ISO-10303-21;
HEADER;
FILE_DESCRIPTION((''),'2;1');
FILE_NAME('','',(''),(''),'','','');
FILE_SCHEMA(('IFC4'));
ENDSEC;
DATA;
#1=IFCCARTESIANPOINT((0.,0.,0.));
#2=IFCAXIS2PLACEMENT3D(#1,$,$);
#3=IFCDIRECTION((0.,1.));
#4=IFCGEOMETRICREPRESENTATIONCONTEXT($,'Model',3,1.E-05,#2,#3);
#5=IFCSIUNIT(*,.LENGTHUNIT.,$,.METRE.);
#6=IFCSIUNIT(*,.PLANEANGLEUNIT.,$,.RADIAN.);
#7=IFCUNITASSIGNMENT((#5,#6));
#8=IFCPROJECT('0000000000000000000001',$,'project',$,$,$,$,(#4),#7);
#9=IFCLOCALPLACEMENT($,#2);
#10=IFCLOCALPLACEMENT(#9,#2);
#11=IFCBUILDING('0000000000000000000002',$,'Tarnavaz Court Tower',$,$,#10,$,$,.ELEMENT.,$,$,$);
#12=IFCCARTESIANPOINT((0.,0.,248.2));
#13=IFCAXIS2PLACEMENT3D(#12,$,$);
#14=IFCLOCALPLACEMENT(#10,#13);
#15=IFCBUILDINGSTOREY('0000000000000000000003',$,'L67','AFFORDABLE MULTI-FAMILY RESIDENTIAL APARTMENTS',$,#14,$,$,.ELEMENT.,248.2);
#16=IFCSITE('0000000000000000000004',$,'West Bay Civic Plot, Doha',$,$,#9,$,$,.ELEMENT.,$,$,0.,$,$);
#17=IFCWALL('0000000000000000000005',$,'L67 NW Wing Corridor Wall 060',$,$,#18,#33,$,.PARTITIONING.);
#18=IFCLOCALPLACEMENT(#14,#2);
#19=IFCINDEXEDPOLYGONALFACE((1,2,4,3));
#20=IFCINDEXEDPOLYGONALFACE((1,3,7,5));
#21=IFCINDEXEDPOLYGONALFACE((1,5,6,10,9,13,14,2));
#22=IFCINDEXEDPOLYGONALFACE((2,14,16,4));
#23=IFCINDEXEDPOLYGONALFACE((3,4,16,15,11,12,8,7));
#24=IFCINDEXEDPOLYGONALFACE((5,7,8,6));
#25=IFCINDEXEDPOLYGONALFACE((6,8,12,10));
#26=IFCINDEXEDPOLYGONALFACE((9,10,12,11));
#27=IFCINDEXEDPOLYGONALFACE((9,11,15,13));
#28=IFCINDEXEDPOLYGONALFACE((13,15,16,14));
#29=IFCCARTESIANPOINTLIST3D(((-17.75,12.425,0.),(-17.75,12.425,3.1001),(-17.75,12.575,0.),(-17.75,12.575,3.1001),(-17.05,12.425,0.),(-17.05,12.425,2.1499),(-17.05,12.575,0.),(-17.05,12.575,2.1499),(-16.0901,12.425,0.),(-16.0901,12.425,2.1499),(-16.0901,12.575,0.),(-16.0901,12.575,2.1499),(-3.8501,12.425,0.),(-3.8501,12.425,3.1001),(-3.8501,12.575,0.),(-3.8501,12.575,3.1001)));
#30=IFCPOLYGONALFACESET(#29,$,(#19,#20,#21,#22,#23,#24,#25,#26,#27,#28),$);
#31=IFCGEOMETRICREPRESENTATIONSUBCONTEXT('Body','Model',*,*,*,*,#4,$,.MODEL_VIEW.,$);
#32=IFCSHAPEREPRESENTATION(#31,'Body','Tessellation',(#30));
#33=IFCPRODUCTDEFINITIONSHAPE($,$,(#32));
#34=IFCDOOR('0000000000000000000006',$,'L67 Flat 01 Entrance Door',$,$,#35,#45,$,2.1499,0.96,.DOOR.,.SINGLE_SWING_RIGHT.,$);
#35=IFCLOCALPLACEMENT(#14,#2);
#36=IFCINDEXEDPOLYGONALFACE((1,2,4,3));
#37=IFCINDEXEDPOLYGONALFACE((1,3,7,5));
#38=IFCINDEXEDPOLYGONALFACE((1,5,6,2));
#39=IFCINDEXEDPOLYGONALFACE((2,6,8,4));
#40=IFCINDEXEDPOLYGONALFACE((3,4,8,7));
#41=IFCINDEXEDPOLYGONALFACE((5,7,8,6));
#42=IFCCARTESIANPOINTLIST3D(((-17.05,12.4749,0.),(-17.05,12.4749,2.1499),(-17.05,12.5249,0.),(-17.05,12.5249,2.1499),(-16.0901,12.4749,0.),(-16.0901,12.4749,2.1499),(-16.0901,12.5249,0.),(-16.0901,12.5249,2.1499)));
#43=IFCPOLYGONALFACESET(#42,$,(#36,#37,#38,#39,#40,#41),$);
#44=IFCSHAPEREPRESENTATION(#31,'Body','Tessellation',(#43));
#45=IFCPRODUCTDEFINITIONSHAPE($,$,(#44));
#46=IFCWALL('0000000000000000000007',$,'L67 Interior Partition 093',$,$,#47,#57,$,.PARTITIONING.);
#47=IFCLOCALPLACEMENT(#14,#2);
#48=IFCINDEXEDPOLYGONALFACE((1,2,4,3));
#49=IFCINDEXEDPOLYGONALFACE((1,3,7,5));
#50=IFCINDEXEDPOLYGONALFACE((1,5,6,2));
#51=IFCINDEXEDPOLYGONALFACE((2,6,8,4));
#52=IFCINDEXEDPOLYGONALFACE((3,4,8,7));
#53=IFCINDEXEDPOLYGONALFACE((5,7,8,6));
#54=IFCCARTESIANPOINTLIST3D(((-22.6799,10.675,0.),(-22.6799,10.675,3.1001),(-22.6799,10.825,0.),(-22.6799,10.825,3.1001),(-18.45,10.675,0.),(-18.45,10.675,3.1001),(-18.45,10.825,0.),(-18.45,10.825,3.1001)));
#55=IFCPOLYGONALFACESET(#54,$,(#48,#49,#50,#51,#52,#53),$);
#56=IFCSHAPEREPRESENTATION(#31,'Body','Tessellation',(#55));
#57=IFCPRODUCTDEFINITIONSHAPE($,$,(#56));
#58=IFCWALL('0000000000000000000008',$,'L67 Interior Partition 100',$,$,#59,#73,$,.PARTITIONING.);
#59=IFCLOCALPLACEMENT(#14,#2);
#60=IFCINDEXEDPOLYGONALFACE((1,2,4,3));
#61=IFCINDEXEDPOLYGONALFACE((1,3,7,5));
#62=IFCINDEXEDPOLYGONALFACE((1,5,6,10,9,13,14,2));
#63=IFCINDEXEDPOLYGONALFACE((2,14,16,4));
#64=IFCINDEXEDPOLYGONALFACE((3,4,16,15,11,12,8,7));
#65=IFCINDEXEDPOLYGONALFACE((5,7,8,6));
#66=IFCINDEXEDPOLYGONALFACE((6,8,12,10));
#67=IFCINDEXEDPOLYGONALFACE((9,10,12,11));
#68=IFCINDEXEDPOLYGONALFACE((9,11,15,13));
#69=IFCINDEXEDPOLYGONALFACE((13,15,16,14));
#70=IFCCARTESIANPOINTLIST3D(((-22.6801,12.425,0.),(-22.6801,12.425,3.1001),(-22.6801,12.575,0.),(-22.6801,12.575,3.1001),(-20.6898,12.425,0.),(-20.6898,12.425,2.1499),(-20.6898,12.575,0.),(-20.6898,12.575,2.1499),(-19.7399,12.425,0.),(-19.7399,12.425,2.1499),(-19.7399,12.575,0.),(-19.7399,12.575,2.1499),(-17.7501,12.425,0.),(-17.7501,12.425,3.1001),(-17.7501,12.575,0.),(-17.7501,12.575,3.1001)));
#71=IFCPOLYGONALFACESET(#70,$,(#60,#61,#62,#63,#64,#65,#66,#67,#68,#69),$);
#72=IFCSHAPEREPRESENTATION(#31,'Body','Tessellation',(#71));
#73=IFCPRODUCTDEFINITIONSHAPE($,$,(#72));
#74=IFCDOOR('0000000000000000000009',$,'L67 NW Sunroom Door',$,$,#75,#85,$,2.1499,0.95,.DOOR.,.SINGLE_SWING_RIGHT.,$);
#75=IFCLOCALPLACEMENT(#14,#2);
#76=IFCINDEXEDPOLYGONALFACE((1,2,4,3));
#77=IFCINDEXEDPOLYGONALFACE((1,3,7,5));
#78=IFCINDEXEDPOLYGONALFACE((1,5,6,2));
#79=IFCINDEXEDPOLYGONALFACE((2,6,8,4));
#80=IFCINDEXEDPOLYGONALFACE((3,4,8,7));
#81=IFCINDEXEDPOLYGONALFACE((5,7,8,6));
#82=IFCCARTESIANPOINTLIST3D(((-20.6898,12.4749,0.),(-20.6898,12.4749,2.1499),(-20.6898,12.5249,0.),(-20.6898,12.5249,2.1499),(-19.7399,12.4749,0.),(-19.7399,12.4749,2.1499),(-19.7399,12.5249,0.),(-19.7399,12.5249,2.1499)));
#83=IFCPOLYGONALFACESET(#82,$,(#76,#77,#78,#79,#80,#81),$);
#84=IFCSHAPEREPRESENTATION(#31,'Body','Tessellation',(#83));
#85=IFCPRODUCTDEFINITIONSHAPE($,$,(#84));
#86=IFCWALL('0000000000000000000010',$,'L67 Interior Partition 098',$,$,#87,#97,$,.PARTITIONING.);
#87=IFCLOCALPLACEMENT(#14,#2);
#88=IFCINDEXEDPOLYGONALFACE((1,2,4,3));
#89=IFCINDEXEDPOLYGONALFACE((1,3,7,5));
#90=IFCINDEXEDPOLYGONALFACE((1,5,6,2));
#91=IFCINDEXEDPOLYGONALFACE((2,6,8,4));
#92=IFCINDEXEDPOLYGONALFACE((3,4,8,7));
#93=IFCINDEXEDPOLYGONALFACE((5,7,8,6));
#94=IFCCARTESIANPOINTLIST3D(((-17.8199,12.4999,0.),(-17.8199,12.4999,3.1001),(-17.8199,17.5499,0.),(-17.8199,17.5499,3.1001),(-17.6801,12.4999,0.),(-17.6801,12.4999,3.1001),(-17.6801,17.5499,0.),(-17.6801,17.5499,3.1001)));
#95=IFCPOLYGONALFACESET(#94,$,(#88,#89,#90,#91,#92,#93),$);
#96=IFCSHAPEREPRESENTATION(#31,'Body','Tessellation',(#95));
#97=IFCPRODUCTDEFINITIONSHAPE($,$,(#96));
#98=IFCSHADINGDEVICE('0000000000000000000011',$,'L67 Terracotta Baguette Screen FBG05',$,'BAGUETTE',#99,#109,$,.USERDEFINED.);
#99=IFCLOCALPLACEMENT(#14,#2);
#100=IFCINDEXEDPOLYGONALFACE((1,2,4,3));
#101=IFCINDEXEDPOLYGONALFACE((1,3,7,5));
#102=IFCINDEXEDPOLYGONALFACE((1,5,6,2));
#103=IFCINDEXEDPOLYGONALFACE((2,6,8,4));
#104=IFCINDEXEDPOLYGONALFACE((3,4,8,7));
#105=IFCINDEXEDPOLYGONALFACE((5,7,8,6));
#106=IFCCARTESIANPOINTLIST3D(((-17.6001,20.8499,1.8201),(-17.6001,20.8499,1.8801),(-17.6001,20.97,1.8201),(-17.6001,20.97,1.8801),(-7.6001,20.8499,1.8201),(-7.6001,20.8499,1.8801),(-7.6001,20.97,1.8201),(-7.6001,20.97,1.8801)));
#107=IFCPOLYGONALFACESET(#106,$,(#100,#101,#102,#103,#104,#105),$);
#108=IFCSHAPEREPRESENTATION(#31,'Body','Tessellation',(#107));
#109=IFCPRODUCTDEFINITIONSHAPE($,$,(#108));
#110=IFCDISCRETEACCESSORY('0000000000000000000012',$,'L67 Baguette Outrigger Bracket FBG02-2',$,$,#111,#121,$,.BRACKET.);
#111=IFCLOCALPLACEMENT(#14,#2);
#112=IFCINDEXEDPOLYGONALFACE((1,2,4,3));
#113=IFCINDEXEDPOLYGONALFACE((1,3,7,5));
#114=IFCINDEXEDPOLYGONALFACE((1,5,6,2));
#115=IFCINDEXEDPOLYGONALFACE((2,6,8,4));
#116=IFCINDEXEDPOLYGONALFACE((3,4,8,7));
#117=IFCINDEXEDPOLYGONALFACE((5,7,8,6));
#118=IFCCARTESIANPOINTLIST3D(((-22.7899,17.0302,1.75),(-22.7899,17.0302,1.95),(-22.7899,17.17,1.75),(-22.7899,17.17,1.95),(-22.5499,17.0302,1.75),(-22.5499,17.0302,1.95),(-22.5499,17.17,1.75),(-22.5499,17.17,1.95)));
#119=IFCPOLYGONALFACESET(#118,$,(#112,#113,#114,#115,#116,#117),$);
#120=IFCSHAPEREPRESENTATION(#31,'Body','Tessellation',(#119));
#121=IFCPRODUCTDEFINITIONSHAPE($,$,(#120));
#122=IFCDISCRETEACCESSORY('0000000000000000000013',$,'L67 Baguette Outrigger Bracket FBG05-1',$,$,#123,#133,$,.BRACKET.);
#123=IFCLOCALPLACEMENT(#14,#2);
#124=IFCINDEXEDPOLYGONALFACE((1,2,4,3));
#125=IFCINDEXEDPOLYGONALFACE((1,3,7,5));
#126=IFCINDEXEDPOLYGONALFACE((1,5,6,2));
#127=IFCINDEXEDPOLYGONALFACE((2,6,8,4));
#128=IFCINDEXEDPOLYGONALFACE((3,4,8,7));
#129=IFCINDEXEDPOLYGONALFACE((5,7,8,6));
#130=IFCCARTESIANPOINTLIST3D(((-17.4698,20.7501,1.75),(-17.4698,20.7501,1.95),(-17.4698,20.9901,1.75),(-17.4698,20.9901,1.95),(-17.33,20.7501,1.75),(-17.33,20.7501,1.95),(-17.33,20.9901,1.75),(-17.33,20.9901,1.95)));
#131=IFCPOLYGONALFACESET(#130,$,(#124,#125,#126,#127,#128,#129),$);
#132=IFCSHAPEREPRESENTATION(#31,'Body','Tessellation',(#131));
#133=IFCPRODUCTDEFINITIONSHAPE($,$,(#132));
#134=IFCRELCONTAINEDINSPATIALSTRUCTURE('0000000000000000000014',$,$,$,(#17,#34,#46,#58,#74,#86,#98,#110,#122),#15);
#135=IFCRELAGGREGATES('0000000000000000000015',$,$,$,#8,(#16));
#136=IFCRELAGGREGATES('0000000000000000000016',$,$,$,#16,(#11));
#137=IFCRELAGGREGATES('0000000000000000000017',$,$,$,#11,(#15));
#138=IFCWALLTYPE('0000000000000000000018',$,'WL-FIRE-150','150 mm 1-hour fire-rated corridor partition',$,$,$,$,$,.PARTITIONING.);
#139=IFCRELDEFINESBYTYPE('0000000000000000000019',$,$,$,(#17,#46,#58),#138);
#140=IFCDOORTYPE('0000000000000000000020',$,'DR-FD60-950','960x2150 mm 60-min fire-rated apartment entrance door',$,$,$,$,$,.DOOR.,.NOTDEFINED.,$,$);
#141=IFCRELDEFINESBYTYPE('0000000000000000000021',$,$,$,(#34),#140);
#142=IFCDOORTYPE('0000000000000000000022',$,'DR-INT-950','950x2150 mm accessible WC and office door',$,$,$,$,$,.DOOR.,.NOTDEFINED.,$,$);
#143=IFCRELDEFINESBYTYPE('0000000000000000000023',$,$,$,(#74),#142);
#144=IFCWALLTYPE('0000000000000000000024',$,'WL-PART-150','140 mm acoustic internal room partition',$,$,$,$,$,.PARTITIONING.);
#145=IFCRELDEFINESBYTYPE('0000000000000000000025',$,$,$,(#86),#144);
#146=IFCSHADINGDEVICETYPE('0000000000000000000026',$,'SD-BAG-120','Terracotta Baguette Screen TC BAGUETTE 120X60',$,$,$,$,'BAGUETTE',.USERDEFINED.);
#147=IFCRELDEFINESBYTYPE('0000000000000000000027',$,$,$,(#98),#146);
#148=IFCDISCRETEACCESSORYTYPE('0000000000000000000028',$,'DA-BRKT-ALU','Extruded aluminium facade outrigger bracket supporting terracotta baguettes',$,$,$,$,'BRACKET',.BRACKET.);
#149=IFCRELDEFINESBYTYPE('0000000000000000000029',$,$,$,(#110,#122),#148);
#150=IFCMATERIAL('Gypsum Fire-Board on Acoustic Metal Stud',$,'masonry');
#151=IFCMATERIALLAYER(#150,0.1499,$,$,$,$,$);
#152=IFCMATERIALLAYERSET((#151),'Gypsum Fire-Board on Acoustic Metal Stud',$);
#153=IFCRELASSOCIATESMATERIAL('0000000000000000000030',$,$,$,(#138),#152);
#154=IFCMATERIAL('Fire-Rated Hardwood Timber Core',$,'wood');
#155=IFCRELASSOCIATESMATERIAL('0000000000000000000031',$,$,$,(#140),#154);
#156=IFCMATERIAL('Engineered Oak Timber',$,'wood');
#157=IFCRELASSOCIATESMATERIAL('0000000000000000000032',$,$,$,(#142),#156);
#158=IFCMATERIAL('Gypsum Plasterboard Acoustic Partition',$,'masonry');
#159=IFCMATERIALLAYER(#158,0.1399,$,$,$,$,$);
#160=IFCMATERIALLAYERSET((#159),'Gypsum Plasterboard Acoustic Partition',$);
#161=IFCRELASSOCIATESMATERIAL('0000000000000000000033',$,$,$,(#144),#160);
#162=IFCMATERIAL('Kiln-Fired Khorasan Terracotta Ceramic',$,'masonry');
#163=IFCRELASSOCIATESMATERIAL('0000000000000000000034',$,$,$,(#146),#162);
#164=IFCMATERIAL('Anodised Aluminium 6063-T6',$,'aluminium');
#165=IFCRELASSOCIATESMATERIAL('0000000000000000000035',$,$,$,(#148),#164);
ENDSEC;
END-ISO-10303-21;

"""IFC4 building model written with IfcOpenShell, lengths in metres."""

from ifc_helpers import new_model, si_unit, direction, frame, frame_2d, origin, origin_2d, place, context, subcontext, project, spatial, rectangle, extrude, material, layer, layer_set, material_profile, profile_set, type_object, element, fill, save


model = new_model("IFC4")

# Units and contexts
model_context = context("Model", 3, precision=1e-05, world=origin(), true_north=direction((0.0, 1.0)))
body_context = subcontext(model_context, "Body", "Model", "MODEL_VIEW")
ifc_project = project(units=[si_unit("LENGTHUNIT", "METRE"), si_unit("PLANEANGLEUNIT", "RADIAN")], contexts=[model_context])

# Site, building, storey
site_placement = place(None, origin())
site = spatial("IfcSite", under=ifc_project, at=site_placement, Name="West Bay Civic Plot, Doha", CompositionType="ELEMENT", RefElevation=0.0)
building_placement = place(site_placement, origin())
building = spatial("IfcBuilding", under=site, at=building_placement, Name="Tarnavaz Court Tower", CompositionType="ELEMENT")
storey_placement = place(building_placement, frame((0.0, 0.0, 248.2)))
storey = spatial("IfcBuildingStorey", under=building, at=storey_placement, Name="L67", Description="AFFORDABLE MULTI-FAMILY RESIDENTIAL APARTMENTS", CompositionType="ELEMENT", Elevation=248.2)

# Wall, opening, door
ifc_material_1 = material(Name="Gypsum Fire-Board on Acoustic Metal Stud", Category="masonry")
ifc_layer_1 = layer(ifc_material_1, 0.1499)
ifc_layer_set_1 = layer_set([ifc_layer_1], Name="Gypsum Fire-Board on Acoustic Metal Stud")
wall_type_1 = type_object("IfcWallType", Name="WL-FIRE-150", Description="150 mm 1-hour fire-rated corridor partition", PredefinedType="PARTITIONING", material=ifc_layer_set_1)
wall_1_placement = place(storey_placement, frame((-17.75, 12.5, 0.0), z_axis=(0.0, 0.0, 1.0), x_axis=(1.0, 0.0, 0.0)))
wall_1 = element("IfcWall", 1, at=wall_1_placement, inside=storey, type_object=wall_type_1, Name="L67 NW Wing Corridor Wall 060", PredefinedType="PARTITIONING", context=body_context, shape_type="SweptSolid", body=[
    extrude(rectangle(XDim=13.8999, YDim=0.1499, at=frame_2d((6.95, 0.0))), origin(), (0.0, 0.0, 1.0), 3.1001),
])
opening_1_placement = place(wall_1_placement, frame((0.7, 0.0, 0.0)))
opening_1 = element("IfcOpeningElement", 2, at=opening_1_placement, cuts=wall_1, PredefinedType="OPENING", context=body_context, shape_type="SweptSolid", body=[
    extrude(rectangle(XDim=0.96, YDim=2.1499, at=frame_2d((0.48, 1.075))), frame((0.0, 0.085, 0.0), z_axis=(0.0, -1.0, 0.0), x_axis=(1.0, 0.0, 0.0)), (0.0, 0.0, 1.0), 0.1699),
])
ifc_material_2 = material(Name="Fire-Rated Hardwood Timber Core", Category="wood")
door_type_1 = type_object("IfcDoorType", Name="DR-FD60-950", Description="960x2150 mm 60-min fire-rated apartment entrance door", OperationType="NOTDEFINED", PredefinedType="DOOR", material=ifc_material_2)
door_1_placement = place(opening_1_placement, origin())
door_1 = element("IfcDoor", 3, at=door_1_placement, inside=storey, type_object=door_type_1, Name="L67 Flat 01 Entrance Door", OperationType="SINGLE_SWING_RIGHT", OverallHeight=2.1499, OverallWidth=0.96, PredefinedType="DOOR", context=body_context, shape_type="SweptSolid", body=[
    extrude(rectangle(XDim=0.96, YDim=2.1499, at=frame_2d((0.48, 1.075))), frame((0.0, 0.0249, 0.0), z_axis=(0.0, -1.0, 0.0), x_axis=(1.0, 0.0, 0.0)), (0.0, 0.0, 1.0), 0.05),
])
fill(opening_1, door_1)

# Wall
wall_2_placement = place(storey_placement, frame((-22.6799, 10.75, 0.0), z_axis=(0.0, 0.0, 1.0), x_axis=(1.0, 0.0, 0.0)))
element("IfcWall", 4, at=wall_2_placement, inside=storey, type_object=wall_type_1, Name="L67 Interior Partition 093", PredefinedType="PARTITIONING", context=body_context, shape_type="SweptSolid", body=[
    extrude(rectangle(XDim=4.23, YDim=0.1499, at=frame_2d((2.115, 0.0))), origin(), (0.0, 0.0, 1.0), 3.1001),
])

# Wall, opening, door
wall_3_placement = place(storey_placement, frame((-22.6799, 12.5, 0.0), z_axis=(0.0, 0.0, 1.0), x_axis=(1.0, 0.0, 0.0)))
wall_3 = element("IfcWall", 5, at=wall_3_placement, inside=storey, type_object=wall_type_1, Name="L67 Interior Partition 100", PredefinedType="PARTITIONING", context=body_context, shape_type="SweptSolid", body=[
    extrude(rectangle(XDim=4.9299, YDim=0.1499, at=frame_2d((2.4648, 0.0))), origin(), (0.0, 0.0, 1.0), 3.1001),
])
opening_2_placement = place(wall_3_placement, frame((1.99, 0.0, 0.0)))
opening_2 = element("IfcOpeningElement", 6, at=opening_2_placement, cuts=wall_3, PredefinedType="OPENING", context=body_context, shape_type="SweptSolid", body=[
    extrude(rectangle(XDim=0.95, YDim=2.1499, at=frame_2d((0.4751, 1.075))), frame((0.0, 0.085, 0.0), z_axis=(0.0, -1.0, 0.0), x_axis=(1.0, 0.0, 0.0)), (0.0, 0.0, 1.0), 0.1699),
])
ifc_material_3 = material(Name="Engineered Oak Timber", Category="wood")
door_type_2 = type_object("IfcDoorType", Name="DR-INT-950", Description="950x2150 mm accessible WC and office door", OperationType="NOTDEFINED", PredefinedType="DOOR", material=ifc_material_3)
door_2_placement = place(opening_2_placement, origin())
door_2 = element("IfcDoor", 7, at=door_2_placement, inside=storey, type_object=door_type_2, Name="L67 NW Sunroom Door", OperationType="SINGLE_SWING_RIGHT", OverallHeight=2.1499, OverallWidth=0.95, PredefinedType="DOOR", context=body_context, shape_type="SweptSolid", body=[
    extrude(rectangle(XDim=0.95, YDim=2.1499, at=frame_2d((0.4751, 1.075))), frame((0.0, 0.0249, 0.0), z_axis=(0.0, -1.0, 0.0), x_axis=(1.0, 0.0, 0.0)), (0.0, 0.0, 1.0), 0.05),
])
fill(opening_2, door_2)

# Wall
ifc_material_4 = material(Name="Gypsum Plasterboard Acoustic Partition", Category="masonry")
ifc_layer_2 = layer(ifc_material_4, 0.1399)
ifc_layer_set_2 = layer_set([ifc_layer_2], Name="Gypsum Plasterboard Acoustic Partition")
wall_type_2 = type_object("IfcWallType", Name="WL-PART-150", Description="140 mm acoustic internal room partition", PredefinedType="PARTITIONING", material=ifc_layer_set_2)
wall_4_placement = place(storey_placement, frame((-17.75, 12.5, 0.0), z_axis=(0.0, 0.0, 1.0), x_axis=(0.0, 1.0, 0.0)))
element("IfcWall", 8, at=wall_4_placement, inside=storey, type_object=wall_type_2, Name="L67 Interior Partition 098", PredefinedType="PARTITIONING", context=body_context, shape_type="SweptSolid", body=[
    extrude(rectangle(XDim=5.05, YDim=0.1399, at=frame_2d((2.5249, 0.0))), origin(), (0.0, 0.0, 1.0), 3.1001),
])

# Shading device
ifc_material_5 = material(Name="Kiln-Fired Khorasan Terracotta Ceramic", Category="masonry")
ifc_material_profile_1 = material_profile(ifc_material_5, rectangle(XDim=0.1201, YDim=0.0601, at=origin_2d()), Name="TC BAGUETTE 120X60")
ifc_profile_set_1 = profile_set([ifc_material_profile_1], Name="Kiln-Fired Khorasan Terracotta Ceramic")
shading_device_type = type_object("IfcShadingDeviceType", Name="SD-BAG-120", Description="Terracotta Baguette Screen TC BAGUETTE 120X60", ElementType="BAGUETTE", PredefinedType="USERDEFINED", material=ifc_profile_set_1)
shading_device_placement = place(storey_placement, frame((-17.6001, 20.9099, 1.8501), z_axis=(1.0, 0.0, 0.0), x_axis=(0.0, 1.0, 0.0)))
element("IfcShadingDevice", 9, at=shading_device_placement, inside=storey, type_object=shading_device_type, Name="L67 Terracotta Baguette Screen FBG05", ObjectType="BAGUETTE", PredefinedType="USERDEFINED", context=body_context, shape_type="SweptSolid", body=[
    extrude(rectangle(XDim=0.1201, YDim=0.0601, at=origin_2d()), origin(), (0.0, 0.0, 1.0), 10.0),
])

# Discrete accessories
ifc_material_6 = material(Name="Anodised Aluminium 6063-T6", Category="aluminium")
discrete_accessory_type = type_object("IfcDiscreteAccessoryType", Name="DA-BRKT-ALU", Description="Extruded aluminium facade outrigger bracket supporting terracotta baguettes", ElementType="BRACKET", PredefinedType="BRACKET", material=ifc_material_6)
for number, where, z_axis, x_axis, name in (
    (10, (-22.6699, 17.1001, 1.75), (0.0, 0.0, 1.0), (0.0, 1.0, 0.0), "L67 Baguette Outrigger Bracket FBG02-2"),
    (11, (-17.3999, 20.8701, 1.75), (0.0, 0.0, 1.0), (1.0, 0.0, 0.0), "L67 Baguette Outrigger Bracket FBG05-1"),
):
    element("IfcDiscreteAccessory", number, at=place(storey_placement, frame(where, z_axis=z_axis, x_axis=x_axis)), inside=storey, type_object=discrete_accessory_type, Name=name, PredefinedType="BRACKET", context=body_context, shape_type="SweptSolid", body=[
        extrude(rectangle(XDim=0.1399, YDim=0.24, at=origin_2d()), origin(), (0.0, 0.0, 1.0), 0.2),
    ])

save(model, "model.ifc")
